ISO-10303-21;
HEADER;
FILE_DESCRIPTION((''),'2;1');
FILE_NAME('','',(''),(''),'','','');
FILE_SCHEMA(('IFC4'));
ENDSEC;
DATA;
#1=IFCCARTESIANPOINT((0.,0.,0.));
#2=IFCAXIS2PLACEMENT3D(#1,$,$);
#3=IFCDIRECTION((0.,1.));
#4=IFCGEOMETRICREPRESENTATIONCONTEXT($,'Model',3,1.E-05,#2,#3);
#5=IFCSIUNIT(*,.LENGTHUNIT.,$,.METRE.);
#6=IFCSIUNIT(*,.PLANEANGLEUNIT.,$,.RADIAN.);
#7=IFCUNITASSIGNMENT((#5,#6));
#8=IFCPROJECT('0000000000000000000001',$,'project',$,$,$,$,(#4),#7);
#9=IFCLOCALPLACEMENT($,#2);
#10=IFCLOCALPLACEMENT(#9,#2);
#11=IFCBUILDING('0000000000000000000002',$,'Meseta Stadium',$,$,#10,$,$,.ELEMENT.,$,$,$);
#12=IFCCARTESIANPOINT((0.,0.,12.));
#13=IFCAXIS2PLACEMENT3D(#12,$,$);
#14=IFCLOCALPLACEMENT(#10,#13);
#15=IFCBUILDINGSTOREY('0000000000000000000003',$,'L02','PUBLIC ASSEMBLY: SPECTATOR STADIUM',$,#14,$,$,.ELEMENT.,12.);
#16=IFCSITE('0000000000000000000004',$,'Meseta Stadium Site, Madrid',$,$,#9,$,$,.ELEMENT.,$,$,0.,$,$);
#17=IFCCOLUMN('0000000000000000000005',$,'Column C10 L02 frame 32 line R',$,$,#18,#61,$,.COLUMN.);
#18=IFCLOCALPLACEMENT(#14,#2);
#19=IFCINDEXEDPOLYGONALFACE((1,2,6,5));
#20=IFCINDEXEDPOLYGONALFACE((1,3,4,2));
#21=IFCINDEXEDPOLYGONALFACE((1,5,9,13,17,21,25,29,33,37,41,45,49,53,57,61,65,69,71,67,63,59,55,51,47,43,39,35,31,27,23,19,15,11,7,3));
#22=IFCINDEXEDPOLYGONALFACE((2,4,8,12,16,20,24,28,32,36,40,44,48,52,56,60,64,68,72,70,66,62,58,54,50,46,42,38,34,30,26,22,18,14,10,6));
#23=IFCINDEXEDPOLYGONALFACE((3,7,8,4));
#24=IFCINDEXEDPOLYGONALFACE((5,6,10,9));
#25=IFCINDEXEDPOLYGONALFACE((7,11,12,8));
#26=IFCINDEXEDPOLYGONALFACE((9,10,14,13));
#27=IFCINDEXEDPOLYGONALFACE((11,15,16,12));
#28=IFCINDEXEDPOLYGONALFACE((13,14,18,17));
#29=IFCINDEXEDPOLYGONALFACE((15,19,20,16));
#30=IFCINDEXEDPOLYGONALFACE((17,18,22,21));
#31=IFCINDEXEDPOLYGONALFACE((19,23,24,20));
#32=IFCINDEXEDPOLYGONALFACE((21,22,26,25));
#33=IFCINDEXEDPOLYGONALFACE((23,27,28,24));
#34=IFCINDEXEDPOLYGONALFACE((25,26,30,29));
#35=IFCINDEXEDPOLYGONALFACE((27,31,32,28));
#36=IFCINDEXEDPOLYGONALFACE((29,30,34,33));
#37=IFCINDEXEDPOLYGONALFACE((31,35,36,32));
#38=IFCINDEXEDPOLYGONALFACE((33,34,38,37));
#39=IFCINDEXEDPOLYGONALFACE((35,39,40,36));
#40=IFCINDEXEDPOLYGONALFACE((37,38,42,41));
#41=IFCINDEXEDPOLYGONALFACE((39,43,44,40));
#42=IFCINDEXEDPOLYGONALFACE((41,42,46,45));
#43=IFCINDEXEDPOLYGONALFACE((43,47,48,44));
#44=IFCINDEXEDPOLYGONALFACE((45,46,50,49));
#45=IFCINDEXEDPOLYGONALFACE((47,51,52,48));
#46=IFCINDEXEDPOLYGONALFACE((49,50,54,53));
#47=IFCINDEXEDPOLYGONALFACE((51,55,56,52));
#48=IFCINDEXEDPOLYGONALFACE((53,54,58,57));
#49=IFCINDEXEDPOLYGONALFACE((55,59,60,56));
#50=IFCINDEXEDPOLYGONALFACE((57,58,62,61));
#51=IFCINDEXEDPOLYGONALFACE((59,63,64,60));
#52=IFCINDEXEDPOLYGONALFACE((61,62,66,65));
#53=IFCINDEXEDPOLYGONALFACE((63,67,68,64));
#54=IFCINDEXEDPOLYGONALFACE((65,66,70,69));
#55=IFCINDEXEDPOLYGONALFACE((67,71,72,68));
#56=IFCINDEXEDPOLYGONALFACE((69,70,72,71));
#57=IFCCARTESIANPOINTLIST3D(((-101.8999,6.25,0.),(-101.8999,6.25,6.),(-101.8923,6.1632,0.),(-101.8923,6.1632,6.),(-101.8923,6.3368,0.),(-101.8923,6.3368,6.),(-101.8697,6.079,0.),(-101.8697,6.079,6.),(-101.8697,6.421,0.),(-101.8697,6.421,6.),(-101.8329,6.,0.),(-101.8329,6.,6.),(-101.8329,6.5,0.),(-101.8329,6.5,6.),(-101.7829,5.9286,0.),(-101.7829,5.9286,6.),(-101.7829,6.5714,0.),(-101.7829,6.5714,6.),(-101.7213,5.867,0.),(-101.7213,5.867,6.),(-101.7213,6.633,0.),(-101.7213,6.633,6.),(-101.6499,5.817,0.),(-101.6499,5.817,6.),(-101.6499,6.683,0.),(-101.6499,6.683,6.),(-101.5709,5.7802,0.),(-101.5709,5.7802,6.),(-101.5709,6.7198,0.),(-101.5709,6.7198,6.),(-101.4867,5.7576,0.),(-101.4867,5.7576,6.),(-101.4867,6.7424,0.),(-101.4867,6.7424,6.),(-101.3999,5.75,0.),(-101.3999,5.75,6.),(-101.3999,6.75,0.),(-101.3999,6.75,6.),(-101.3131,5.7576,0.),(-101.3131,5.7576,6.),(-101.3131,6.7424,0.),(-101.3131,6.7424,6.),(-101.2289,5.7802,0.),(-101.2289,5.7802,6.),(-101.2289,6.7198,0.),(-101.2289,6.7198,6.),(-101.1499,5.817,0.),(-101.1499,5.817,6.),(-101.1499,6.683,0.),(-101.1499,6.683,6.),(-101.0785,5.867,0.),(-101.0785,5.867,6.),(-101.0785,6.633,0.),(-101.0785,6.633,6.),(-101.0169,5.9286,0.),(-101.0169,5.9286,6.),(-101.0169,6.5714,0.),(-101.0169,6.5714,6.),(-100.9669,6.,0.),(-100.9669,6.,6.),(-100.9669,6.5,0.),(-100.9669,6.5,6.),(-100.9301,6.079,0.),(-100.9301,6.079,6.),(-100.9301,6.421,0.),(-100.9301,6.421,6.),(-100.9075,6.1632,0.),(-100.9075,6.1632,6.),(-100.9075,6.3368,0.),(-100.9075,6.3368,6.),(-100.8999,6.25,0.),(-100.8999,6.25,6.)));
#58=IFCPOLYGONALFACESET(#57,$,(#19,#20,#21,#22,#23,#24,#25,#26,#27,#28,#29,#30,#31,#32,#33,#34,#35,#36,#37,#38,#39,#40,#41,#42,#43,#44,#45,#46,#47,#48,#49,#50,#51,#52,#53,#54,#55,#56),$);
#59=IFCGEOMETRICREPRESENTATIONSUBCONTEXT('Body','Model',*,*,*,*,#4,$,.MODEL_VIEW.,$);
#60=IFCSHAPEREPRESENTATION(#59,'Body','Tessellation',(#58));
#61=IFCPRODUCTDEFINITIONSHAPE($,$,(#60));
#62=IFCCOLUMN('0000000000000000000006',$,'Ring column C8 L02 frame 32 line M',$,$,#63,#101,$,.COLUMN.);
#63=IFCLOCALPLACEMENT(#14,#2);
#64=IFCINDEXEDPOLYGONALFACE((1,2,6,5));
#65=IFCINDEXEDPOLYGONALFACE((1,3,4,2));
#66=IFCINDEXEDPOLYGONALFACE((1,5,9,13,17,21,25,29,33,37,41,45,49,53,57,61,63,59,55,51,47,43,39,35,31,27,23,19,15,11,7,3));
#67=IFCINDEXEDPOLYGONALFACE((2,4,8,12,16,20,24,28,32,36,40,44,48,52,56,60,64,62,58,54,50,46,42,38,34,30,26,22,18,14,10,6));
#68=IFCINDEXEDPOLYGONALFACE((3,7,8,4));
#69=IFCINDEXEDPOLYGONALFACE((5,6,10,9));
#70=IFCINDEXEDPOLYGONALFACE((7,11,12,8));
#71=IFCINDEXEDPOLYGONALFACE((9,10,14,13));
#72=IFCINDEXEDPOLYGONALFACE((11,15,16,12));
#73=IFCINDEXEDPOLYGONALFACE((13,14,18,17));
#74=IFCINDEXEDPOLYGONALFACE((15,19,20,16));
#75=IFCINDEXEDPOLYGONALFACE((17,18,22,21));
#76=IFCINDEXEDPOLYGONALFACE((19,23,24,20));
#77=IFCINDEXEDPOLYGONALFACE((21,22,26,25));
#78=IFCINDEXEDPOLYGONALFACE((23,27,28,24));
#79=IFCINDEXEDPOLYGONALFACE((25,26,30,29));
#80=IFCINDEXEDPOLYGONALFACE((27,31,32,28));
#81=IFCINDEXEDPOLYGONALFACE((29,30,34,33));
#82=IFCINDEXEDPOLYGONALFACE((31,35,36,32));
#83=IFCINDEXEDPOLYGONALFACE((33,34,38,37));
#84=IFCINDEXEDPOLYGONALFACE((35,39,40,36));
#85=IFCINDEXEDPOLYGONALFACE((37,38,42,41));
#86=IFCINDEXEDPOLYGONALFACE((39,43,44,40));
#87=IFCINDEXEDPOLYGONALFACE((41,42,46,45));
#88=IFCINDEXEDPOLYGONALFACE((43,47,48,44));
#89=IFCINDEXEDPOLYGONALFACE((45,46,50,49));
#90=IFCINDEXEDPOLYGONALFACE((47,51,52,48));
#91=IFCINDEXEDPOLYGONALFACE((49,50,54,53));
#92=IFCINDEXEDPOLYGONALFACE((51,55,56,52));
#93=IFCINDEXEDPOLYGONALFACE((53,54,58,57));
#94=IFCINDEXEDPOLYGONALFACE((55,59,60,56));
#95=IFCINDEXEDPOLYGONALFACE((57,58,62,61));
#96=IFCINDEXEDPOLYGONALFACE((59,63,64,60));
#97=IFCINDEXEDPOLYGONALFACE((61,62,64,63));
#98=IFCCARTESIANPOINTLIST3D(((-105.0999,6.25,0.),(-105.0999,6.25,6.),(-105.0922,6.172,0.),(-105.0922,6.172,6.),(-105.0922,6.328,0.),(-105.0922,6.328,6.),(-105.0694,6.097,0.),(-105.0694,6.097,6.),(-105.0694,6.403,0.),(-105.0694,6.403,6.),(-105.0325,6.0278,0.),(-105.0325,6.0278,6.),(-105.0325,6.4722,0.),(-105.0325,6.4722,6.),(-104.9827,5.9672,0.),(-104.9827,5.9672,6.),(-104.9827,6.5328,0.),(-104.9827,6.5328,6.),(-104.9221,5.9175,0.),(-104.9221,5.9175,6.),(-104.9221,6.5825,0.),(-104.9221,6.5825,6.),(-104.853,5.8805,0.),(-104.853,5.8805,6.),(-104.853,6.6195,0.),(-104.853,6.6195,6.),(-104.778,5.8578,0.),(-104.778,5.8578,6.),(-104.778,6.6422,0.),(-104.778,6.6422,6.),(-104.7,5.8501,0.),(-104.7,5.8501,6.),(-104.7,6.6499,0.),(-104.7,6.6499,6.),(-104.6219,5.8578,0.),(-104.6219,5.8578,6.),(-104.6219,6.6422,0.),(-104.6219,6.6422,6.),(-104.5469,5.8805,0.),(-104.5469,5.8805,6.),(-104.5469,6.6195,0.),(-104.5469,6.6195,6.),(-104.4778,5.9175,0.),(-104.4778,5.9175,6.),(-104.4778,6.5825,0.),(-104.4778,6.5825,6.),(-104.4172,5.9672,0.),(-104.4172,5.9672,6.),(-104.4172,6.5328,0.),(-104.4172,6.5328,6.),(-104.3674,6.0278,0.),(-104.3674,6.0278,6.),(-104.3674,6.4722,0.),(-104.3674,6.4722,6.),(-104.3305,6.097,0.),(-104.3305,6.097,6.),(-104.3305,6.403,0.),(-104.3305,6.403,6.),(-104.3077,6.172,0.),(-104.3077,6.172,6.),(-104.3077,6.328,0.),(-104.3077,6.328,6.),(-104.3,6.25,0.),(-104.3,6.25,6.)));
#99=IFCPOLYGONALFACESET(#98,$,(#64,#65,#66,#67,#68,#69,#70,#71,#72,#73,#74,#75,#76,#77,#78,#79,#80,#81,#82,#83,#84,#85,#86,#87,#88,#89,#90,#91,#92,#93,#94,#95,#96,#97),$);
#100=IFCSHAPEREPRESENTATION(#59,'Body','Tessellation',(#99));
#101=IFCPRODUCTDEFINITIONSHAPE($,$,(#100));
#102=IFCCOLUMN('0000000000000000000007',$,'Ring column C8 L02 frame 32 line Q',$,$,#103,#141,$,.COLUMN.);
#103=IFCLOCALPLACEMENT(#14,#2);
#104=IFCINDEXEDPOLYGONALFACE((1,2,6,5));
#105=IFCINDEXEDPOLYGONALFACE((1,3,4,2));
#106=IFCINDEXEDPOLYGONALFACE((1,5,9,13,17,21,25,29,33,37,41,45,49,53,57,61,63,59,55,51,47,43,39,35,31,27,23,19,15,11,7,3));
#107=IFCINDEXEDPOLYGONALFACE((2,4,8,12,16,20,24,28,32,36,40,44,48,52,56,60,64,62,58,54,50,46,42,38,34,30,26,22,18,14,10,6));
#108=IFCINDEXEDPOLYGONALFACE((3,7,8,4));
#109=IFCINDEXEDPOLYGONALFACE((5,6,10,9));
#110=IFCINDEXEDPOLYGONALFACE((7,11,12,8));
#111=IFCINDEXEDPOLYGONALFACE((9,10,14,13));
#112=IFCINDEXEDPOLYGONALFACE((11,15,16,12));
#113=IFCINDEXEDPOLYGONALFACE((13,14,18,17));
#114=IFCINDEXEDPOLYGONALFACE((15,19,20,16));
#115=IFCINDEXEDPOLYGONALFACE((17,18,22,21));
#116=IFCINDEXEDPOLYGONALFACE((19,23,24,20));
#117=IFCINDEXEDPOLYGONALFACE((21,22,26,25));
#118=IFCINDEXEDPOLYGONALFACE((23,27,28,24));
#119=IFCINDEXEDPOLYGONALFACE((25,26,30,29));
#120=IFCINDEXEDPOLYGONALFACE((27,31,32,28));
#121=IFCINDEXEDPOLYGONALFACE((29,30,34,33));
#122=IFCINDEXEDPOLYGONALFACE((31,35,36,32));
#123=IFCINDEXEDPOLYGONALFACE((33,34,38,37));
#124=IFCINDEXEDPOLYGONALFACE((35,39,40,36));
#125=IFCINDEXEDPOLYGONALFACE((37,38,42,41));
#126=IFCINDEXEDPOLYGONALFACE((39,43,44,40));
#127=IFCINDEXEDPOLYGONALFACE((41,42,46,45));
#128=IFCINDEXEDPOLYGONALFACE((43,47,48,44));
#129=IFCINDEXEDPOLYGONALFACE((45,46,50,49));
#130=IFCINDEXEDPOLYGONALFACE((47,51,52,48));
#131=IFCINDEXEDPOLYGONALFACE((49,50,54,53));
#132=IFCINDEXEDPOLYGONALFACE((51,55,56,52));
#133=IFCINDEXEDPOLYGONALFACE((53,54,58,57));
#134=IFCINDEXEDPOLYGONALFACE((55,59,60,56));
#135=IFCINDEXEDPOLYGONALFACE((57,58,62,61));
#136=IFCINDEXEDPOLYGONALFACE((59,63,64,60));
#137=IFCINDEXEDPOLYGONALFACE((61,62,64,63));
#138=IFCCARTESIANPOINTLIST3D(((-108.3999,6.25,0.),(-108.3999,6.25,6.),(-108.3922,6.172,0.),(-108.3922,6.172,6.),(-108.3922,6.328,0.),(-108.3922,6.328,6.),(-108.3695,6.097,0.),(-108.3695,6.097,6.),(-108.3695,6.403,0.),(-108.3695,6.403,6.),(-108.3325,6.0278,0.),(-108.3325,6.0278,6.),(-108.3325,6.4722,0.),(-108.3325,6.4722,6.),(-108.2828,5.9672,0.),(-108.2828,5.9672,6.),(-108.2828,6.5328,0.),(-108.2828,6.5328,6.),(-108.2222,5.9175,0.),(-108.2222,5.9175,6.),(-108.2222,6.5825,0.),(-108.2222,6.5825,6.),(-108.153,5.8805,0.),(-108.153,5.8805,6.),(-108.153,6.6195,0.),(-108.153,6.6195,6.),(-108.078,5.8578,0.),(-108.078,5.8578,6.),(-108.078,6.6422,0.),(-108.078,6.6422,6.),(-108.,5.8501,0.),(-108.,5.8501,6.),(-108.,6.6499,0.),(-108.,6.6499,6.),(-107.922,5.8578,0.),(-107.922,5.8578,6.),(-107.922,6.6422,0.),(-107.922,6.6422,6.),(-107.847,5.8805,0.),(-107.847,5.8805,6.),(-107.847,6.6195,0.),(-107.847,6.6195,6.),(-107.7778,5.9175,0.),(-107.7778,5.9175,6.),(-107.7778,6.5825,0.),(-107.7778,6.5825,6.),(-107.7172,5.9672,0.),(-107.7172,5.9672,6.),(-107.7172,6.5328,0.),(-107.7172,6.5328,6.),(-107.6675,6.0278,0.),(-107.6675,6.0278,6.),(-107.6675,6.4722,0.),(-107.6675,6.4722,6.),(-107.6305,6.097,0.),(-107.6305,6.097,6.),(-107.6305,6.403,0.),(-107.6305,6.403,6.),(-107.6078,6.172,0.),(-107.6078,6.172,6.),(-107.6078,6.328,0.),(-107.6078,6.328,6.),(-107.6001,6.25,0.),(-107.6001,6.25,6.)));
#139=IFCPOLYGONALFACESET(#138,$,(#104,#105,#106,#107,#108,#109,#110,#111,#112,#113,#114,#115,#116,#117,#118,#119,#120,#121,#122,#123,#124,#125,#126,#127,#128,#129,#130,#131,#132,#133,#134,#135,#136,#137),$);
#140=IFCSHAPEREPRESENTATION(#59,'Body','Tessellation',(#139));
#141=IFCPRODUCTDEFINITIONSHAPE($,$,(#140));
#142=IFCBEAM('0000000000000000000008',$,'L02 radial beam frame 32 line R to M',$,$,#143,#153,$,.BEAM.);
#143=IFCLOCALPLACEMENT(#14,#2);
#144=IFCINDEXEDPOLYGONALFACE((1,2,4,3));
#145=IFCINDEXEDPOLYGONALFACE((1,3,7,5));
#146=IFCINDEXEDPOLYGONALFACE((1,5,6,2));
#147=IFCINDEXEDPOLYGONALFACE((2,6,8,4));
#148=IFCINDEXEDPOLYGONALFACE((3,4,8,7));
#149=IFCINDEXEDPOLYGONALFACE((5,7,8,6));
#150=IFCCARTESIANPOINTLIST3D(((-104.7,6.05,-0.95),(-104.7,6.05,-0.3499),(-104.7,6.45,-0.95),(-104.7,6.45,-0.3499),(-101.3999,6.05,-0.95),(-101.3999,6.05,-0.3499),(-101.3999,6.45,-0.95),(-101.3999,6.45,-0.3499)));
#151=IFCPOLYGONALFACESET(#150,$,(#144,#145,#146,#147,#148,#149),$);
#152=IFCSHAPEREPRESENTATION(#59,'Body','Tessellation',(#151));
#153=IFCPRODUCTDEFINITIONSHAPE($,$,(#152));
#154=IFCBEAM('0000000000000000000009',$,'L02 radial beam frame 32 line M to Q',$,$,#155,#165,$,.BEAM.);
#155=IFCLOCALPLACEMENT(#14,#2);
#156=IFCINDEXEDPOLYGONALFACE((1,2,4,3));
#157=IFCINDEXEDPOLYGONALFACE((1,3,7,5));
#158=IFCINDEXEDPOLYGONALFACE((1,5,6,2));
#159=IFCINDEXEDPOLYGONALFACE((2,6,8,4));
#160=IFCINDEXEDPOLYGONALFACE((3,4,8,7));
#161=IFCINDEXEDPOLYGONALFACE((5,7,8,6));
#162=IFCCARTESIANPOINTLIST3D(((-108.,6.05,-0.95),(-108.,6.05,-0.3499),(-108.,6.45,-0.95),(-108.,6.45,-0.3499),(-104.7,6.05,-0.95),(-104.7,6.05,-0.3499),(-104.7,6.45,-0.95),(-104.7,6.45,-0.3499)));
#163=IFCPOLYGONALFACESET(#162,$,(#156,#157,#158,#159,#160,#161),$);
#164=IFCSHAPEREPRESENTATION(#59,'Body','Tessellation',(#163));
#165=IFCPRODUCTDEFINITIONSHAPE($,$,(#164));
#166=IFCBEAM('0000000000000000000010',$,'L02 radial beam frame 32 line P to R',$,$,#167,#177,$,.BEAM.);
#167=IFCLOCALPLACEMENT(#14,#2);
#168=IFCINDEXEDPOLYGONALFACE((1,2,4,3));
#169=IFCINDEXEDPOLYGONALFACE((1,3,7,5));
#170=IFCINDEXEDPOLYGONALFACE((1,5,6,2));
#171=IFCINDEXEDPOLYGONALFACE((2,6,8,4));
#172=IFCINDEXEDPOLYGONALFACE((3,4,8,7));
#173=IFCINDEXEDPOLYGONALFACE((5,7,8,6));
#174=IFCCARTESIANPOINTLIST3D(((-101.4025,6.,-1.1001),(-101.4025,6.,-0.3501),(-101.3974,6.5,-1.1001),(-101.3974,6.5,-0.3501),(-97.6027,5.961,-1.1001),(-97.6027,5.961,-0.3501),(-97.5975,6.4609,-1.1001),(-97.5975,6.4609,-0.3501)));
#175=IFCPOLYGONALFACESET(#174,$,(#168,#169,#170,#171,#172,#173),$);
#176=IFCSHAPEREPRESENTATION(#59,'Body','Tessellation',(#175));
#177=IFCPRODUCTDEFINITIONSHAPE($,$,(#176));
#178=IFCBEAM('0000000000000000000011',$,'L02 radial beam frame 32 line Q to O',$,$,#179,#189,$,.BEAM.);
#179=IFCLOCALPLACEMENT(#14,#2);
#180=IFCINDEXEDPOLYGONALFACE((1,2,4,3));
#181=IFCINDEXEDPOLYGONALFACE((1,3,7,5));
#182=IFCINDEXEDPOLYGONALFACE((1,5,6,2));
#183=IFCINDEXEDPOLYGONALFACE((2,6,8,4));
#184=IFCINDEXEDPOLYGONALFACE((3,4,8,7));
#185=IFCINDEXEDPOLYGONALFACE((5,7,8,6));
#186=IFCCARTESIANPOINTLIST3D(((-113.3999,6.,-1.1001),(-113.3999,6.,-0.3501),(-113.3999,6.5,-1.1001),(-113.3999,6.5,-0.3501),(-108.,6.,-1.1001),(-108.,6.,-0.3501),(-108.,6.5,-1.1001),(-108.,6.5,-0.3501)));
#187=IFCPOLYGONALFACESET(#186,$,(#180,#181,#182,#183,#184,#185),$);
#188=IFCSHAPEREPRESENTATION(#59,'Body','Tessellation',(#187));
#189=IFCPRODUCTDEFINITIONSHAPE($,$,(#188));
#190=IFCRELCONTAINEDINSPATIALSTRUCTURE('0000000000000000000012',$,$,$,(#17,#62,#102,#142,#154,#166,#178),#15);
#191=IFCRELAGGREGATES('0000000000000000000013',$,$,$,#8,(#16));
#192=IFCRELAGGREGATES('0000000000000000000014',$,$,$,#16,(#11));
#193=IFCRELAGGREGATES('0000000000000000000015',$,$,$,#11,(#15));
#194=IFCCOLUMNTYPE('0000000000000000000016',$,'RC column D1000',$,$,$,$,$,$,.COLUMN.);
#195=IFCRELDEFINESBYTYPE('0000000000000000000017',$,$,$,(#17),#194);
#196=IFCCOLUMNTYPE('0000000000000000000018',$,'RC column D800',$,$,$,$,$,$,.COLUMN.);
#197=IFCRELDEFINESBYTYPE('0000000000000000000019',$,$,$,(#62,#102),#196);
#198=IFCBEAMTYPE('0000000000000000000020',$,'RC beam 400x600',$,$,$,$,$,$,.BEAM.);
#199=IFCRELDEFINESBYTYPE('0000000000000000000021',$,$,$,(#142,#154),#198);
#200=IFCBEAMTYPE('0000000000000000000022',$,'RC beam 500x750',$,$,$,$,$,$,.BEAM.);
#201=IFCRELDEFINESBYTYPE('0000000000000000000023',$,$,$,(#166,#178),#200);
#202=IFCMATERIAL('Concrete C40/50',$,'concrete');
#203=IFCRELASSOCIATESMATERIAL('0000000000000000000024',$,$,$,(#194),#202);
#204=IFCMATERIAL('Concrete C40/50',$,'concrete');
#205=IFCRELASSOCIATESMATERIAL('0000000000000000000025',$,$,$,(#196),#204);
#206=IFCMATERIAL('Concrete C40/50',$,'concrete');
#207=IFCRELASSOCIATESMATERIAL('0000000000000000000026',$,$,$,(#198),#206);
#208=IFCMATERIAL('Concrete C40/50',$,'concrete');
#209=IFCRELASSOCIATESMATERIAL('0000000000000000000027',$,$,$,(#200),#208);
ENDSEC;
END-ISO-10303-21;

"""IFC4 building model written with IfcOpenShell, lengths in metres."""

from ifc_helpers import new_model, si_unit, direction, frame, origin, origin_2d, place, context, subcontext, project, spatial, rectangle, circle, extrude, material, material_profile, profile_set, type_object, element, save


model = new_model("IFC4")

# Units and contexts
model_context = context("Model", 3, precision=1e-05, world=origin(), true_north=direction((0.0, 1.0)))
body_context = subcontext(model_context, "Body", "Model", "MODEL_VIEW")
ifc_project = project(units=[si_unit("LENGTHUNIT", "METRE"), si_unit("PLANEANGLEUNIT", "RADIAN")], contexts=[model_context])

# Site, building, storey
site_placement = place(None, origin())
site = spatial("IfcSite", under=ifc_project, at=site_placement, Name="Meseta Stadium Site, Madrid", CompositionType="ELEMENT", RefElevation=0.0)
building_placement = place(site_placement, origin())
building = spatial("IfcBuilding", under=site, at=building_placement, Name="Meseta Stadium", CompositionType="ELEMENT")
storey_placement = place(building_placement, frame((0.0, 0.0, 12.0)))
storey = spatial("IfcBuildingStorey", under=building, at=storey_placement, Name="L02", Description="PUBLIC ASSEMBLY: SPECTATOR STADIUM", CompositionType="ELEMENT", Elevation=12.0)

# Columns
ifc_material_1 = material(Name="Concrete C40/50", Category="concrete")
ifc_material_profile_1 = material_profile(ifc_material_1, circle(Radius=0.5, at=origin_2d()), Name="RC D1000")
ifc_profile_set_1 = profile_set([ifc_material_profile_1], Name="Concrete C40/50")
column_type_1 = type_object("IfcColumnType", Name="RC column D1000", PredefinedType="COLUMN", material=ifc_profile_set_1)
column_placement = place(storey_placement, frame((-101.3999, 6.25, 0.0), z_axis=(0.0, 0.0, 1.0), x_axis=(1.0, 0.0, 0.0)))
element("IfcColumn", 1, at=column_placement, inside=storey, type_object=column_type_1, Name="Column C10 L02 frame 32 line R", PredefinedType="COLUMN", context=body_context, shape_type="SweptSolid", body=[
    extrude(circle(Radius=0.5, at=origin_2d()), origin(), (0.0, 0.0, 1.0), 6.0),
])
ifc_material_2 = material(Name="Concrete C40/50", Category="concrete")
ifc_material_profile_2 = material_profile(ifc_material_2, circle(Radius=0.3999, at=origin_2d()), Name="RC D800")
ifc_profile_set_2 = profile_set([ifc_material_profile_2], Name="Concrete C40/50")
column_type_2 = type_object("IfcColumnType", Name="RC column D800", PredefinedType="COLUMN", material=ifc_profile_set_2)
for number, where, z_axis, x_axis, name in (
    (2, (-104.7, 6.25, 0.0), (0.0, 0.0, 1.0), (1.0, 0.0, 0.0), "Ring column C8 L02 frame 32 line M"),
    (3, (-108.0, 6.25, 0.0), (0.0, 0.0, 1.0), (1.0, 0.0, 0.0), "Ring column C8 L02 frame 32 line Q"),
):
    element("IfcColumn", number, at=place(storey_placement, frame(where, z_axis=z_axis, x_axis=x_axis)), inside=storey, type_object=column_type_2, Name=name, PredefinedType="COLUMN", context=body_context, shape_type="SweptSolid", body=[
        extrude(circle(Radius=0.3999, at=origin_2d()), origin(), (0.0, 0.0, 1.0), 6.0),
    ])

# Beams
ifc_material_3 = material(Name="Concrete C40/50", Category="concrete")
ifc_material_profile_3 = material_profile(ifc_material_3, rectangle(XDim=0.3999, YDim=0.6001, at=origin_2d()), Name="RC 400x600")
ifc_profile_set_3 = profile_set([ifc_material_profile_3], Name="Concrete C40/50")
beam_type_1 = type_object("IfcBeamType", Name="RC beam 400x600", PredefinedType="BEAM", material=ifc_profile_set_3)
for number, where, z_axis, x_axis, name in (
    (4, (-101.3999, 6.25, -0.6499), (-1.0, 0.0, 0.0), (0.0, -1.0, 0.0), "L02 radial beam frame 32 line R to M"),
    (5, (-104.7, 6.25, -0.6499), (-1.0, 0.0, 0.0), (0.0, -1.0, 0.0), "L02 radial beam frame 32 line M to Q"),
):
    element("IfcBeam", number, at=place(storey_placement, frame(where, z_axis=z_axis, x_axis=x_axis)), inside=storey, type_object=beam_type_1, Name=name, PredefinedType="BEAM", context=body_context, shape_type="SweptSolid", body=[
        extrude(rectangle(XDim=0.3999, YDim=0.6001, at=origin_2d()), origin(), (0.0, 0.0, 1.0), 3.3),
    ])
ifc_material_4 = material(Name="Concrete C40/50", Category="concrete")
ifc_material_profile_4 = material_profile(ifc_material_4, rectangle(XDim=0.5, YDim=0.75, at=origin_2d()), Name="RC 500x750")
ifc_profile_set_4 = profile_set([ifc_material_profile_4], Name="Concrete C40/50")
beam_type_2 = type_object("IfcBeamType", Name="RC beam 500x750", PredefinedType="BEAM", material=ifc_profile_set_4)
beam_1_placement = place(storey_placement, frame((-97.6001, 6.2109, -0.7251), z_axis=(-0.999947, 0.01028, 0.0), x_axis=(-0.01028, -0.999947, 0.0)))
element("IfcBeam", 6, at=beam_1_placement, inside=storey, type_object=beam_type_2, Name="L02 radial beam frame 32 line P to R", PredefinedType="BEAM", context=body_context, shape_type="SweptSolid", body=[
    extrude(rectangle(XDim=0.5, YDim=0.75, at=origin_2d()), origin(), (0.0, 0.0, 1.0), 3.8),
])
beam_2_placement = place(storey_placement, frame((-108.0, 6.25, -0.7251), z_axis=(-1.0, 0.0, 0.0), x_axis=(0.0, -1.0, 0.0)))
element("IfcBeam", 7, at=beam_2_placement, inside=storey, type_object=beam_type_2, Name="L02 radial beam frame 32 line Q to O", PredefinedType="BEAM", context=body_context, shape_type="SweptSolid", body=[
    extrude(rectangle(XDim=0.5, YDim=0.75, at=origin_2d()), origin(), (0.0, 0.0, 1.0), 5.3999),
])

save(model, "model.ifc")
